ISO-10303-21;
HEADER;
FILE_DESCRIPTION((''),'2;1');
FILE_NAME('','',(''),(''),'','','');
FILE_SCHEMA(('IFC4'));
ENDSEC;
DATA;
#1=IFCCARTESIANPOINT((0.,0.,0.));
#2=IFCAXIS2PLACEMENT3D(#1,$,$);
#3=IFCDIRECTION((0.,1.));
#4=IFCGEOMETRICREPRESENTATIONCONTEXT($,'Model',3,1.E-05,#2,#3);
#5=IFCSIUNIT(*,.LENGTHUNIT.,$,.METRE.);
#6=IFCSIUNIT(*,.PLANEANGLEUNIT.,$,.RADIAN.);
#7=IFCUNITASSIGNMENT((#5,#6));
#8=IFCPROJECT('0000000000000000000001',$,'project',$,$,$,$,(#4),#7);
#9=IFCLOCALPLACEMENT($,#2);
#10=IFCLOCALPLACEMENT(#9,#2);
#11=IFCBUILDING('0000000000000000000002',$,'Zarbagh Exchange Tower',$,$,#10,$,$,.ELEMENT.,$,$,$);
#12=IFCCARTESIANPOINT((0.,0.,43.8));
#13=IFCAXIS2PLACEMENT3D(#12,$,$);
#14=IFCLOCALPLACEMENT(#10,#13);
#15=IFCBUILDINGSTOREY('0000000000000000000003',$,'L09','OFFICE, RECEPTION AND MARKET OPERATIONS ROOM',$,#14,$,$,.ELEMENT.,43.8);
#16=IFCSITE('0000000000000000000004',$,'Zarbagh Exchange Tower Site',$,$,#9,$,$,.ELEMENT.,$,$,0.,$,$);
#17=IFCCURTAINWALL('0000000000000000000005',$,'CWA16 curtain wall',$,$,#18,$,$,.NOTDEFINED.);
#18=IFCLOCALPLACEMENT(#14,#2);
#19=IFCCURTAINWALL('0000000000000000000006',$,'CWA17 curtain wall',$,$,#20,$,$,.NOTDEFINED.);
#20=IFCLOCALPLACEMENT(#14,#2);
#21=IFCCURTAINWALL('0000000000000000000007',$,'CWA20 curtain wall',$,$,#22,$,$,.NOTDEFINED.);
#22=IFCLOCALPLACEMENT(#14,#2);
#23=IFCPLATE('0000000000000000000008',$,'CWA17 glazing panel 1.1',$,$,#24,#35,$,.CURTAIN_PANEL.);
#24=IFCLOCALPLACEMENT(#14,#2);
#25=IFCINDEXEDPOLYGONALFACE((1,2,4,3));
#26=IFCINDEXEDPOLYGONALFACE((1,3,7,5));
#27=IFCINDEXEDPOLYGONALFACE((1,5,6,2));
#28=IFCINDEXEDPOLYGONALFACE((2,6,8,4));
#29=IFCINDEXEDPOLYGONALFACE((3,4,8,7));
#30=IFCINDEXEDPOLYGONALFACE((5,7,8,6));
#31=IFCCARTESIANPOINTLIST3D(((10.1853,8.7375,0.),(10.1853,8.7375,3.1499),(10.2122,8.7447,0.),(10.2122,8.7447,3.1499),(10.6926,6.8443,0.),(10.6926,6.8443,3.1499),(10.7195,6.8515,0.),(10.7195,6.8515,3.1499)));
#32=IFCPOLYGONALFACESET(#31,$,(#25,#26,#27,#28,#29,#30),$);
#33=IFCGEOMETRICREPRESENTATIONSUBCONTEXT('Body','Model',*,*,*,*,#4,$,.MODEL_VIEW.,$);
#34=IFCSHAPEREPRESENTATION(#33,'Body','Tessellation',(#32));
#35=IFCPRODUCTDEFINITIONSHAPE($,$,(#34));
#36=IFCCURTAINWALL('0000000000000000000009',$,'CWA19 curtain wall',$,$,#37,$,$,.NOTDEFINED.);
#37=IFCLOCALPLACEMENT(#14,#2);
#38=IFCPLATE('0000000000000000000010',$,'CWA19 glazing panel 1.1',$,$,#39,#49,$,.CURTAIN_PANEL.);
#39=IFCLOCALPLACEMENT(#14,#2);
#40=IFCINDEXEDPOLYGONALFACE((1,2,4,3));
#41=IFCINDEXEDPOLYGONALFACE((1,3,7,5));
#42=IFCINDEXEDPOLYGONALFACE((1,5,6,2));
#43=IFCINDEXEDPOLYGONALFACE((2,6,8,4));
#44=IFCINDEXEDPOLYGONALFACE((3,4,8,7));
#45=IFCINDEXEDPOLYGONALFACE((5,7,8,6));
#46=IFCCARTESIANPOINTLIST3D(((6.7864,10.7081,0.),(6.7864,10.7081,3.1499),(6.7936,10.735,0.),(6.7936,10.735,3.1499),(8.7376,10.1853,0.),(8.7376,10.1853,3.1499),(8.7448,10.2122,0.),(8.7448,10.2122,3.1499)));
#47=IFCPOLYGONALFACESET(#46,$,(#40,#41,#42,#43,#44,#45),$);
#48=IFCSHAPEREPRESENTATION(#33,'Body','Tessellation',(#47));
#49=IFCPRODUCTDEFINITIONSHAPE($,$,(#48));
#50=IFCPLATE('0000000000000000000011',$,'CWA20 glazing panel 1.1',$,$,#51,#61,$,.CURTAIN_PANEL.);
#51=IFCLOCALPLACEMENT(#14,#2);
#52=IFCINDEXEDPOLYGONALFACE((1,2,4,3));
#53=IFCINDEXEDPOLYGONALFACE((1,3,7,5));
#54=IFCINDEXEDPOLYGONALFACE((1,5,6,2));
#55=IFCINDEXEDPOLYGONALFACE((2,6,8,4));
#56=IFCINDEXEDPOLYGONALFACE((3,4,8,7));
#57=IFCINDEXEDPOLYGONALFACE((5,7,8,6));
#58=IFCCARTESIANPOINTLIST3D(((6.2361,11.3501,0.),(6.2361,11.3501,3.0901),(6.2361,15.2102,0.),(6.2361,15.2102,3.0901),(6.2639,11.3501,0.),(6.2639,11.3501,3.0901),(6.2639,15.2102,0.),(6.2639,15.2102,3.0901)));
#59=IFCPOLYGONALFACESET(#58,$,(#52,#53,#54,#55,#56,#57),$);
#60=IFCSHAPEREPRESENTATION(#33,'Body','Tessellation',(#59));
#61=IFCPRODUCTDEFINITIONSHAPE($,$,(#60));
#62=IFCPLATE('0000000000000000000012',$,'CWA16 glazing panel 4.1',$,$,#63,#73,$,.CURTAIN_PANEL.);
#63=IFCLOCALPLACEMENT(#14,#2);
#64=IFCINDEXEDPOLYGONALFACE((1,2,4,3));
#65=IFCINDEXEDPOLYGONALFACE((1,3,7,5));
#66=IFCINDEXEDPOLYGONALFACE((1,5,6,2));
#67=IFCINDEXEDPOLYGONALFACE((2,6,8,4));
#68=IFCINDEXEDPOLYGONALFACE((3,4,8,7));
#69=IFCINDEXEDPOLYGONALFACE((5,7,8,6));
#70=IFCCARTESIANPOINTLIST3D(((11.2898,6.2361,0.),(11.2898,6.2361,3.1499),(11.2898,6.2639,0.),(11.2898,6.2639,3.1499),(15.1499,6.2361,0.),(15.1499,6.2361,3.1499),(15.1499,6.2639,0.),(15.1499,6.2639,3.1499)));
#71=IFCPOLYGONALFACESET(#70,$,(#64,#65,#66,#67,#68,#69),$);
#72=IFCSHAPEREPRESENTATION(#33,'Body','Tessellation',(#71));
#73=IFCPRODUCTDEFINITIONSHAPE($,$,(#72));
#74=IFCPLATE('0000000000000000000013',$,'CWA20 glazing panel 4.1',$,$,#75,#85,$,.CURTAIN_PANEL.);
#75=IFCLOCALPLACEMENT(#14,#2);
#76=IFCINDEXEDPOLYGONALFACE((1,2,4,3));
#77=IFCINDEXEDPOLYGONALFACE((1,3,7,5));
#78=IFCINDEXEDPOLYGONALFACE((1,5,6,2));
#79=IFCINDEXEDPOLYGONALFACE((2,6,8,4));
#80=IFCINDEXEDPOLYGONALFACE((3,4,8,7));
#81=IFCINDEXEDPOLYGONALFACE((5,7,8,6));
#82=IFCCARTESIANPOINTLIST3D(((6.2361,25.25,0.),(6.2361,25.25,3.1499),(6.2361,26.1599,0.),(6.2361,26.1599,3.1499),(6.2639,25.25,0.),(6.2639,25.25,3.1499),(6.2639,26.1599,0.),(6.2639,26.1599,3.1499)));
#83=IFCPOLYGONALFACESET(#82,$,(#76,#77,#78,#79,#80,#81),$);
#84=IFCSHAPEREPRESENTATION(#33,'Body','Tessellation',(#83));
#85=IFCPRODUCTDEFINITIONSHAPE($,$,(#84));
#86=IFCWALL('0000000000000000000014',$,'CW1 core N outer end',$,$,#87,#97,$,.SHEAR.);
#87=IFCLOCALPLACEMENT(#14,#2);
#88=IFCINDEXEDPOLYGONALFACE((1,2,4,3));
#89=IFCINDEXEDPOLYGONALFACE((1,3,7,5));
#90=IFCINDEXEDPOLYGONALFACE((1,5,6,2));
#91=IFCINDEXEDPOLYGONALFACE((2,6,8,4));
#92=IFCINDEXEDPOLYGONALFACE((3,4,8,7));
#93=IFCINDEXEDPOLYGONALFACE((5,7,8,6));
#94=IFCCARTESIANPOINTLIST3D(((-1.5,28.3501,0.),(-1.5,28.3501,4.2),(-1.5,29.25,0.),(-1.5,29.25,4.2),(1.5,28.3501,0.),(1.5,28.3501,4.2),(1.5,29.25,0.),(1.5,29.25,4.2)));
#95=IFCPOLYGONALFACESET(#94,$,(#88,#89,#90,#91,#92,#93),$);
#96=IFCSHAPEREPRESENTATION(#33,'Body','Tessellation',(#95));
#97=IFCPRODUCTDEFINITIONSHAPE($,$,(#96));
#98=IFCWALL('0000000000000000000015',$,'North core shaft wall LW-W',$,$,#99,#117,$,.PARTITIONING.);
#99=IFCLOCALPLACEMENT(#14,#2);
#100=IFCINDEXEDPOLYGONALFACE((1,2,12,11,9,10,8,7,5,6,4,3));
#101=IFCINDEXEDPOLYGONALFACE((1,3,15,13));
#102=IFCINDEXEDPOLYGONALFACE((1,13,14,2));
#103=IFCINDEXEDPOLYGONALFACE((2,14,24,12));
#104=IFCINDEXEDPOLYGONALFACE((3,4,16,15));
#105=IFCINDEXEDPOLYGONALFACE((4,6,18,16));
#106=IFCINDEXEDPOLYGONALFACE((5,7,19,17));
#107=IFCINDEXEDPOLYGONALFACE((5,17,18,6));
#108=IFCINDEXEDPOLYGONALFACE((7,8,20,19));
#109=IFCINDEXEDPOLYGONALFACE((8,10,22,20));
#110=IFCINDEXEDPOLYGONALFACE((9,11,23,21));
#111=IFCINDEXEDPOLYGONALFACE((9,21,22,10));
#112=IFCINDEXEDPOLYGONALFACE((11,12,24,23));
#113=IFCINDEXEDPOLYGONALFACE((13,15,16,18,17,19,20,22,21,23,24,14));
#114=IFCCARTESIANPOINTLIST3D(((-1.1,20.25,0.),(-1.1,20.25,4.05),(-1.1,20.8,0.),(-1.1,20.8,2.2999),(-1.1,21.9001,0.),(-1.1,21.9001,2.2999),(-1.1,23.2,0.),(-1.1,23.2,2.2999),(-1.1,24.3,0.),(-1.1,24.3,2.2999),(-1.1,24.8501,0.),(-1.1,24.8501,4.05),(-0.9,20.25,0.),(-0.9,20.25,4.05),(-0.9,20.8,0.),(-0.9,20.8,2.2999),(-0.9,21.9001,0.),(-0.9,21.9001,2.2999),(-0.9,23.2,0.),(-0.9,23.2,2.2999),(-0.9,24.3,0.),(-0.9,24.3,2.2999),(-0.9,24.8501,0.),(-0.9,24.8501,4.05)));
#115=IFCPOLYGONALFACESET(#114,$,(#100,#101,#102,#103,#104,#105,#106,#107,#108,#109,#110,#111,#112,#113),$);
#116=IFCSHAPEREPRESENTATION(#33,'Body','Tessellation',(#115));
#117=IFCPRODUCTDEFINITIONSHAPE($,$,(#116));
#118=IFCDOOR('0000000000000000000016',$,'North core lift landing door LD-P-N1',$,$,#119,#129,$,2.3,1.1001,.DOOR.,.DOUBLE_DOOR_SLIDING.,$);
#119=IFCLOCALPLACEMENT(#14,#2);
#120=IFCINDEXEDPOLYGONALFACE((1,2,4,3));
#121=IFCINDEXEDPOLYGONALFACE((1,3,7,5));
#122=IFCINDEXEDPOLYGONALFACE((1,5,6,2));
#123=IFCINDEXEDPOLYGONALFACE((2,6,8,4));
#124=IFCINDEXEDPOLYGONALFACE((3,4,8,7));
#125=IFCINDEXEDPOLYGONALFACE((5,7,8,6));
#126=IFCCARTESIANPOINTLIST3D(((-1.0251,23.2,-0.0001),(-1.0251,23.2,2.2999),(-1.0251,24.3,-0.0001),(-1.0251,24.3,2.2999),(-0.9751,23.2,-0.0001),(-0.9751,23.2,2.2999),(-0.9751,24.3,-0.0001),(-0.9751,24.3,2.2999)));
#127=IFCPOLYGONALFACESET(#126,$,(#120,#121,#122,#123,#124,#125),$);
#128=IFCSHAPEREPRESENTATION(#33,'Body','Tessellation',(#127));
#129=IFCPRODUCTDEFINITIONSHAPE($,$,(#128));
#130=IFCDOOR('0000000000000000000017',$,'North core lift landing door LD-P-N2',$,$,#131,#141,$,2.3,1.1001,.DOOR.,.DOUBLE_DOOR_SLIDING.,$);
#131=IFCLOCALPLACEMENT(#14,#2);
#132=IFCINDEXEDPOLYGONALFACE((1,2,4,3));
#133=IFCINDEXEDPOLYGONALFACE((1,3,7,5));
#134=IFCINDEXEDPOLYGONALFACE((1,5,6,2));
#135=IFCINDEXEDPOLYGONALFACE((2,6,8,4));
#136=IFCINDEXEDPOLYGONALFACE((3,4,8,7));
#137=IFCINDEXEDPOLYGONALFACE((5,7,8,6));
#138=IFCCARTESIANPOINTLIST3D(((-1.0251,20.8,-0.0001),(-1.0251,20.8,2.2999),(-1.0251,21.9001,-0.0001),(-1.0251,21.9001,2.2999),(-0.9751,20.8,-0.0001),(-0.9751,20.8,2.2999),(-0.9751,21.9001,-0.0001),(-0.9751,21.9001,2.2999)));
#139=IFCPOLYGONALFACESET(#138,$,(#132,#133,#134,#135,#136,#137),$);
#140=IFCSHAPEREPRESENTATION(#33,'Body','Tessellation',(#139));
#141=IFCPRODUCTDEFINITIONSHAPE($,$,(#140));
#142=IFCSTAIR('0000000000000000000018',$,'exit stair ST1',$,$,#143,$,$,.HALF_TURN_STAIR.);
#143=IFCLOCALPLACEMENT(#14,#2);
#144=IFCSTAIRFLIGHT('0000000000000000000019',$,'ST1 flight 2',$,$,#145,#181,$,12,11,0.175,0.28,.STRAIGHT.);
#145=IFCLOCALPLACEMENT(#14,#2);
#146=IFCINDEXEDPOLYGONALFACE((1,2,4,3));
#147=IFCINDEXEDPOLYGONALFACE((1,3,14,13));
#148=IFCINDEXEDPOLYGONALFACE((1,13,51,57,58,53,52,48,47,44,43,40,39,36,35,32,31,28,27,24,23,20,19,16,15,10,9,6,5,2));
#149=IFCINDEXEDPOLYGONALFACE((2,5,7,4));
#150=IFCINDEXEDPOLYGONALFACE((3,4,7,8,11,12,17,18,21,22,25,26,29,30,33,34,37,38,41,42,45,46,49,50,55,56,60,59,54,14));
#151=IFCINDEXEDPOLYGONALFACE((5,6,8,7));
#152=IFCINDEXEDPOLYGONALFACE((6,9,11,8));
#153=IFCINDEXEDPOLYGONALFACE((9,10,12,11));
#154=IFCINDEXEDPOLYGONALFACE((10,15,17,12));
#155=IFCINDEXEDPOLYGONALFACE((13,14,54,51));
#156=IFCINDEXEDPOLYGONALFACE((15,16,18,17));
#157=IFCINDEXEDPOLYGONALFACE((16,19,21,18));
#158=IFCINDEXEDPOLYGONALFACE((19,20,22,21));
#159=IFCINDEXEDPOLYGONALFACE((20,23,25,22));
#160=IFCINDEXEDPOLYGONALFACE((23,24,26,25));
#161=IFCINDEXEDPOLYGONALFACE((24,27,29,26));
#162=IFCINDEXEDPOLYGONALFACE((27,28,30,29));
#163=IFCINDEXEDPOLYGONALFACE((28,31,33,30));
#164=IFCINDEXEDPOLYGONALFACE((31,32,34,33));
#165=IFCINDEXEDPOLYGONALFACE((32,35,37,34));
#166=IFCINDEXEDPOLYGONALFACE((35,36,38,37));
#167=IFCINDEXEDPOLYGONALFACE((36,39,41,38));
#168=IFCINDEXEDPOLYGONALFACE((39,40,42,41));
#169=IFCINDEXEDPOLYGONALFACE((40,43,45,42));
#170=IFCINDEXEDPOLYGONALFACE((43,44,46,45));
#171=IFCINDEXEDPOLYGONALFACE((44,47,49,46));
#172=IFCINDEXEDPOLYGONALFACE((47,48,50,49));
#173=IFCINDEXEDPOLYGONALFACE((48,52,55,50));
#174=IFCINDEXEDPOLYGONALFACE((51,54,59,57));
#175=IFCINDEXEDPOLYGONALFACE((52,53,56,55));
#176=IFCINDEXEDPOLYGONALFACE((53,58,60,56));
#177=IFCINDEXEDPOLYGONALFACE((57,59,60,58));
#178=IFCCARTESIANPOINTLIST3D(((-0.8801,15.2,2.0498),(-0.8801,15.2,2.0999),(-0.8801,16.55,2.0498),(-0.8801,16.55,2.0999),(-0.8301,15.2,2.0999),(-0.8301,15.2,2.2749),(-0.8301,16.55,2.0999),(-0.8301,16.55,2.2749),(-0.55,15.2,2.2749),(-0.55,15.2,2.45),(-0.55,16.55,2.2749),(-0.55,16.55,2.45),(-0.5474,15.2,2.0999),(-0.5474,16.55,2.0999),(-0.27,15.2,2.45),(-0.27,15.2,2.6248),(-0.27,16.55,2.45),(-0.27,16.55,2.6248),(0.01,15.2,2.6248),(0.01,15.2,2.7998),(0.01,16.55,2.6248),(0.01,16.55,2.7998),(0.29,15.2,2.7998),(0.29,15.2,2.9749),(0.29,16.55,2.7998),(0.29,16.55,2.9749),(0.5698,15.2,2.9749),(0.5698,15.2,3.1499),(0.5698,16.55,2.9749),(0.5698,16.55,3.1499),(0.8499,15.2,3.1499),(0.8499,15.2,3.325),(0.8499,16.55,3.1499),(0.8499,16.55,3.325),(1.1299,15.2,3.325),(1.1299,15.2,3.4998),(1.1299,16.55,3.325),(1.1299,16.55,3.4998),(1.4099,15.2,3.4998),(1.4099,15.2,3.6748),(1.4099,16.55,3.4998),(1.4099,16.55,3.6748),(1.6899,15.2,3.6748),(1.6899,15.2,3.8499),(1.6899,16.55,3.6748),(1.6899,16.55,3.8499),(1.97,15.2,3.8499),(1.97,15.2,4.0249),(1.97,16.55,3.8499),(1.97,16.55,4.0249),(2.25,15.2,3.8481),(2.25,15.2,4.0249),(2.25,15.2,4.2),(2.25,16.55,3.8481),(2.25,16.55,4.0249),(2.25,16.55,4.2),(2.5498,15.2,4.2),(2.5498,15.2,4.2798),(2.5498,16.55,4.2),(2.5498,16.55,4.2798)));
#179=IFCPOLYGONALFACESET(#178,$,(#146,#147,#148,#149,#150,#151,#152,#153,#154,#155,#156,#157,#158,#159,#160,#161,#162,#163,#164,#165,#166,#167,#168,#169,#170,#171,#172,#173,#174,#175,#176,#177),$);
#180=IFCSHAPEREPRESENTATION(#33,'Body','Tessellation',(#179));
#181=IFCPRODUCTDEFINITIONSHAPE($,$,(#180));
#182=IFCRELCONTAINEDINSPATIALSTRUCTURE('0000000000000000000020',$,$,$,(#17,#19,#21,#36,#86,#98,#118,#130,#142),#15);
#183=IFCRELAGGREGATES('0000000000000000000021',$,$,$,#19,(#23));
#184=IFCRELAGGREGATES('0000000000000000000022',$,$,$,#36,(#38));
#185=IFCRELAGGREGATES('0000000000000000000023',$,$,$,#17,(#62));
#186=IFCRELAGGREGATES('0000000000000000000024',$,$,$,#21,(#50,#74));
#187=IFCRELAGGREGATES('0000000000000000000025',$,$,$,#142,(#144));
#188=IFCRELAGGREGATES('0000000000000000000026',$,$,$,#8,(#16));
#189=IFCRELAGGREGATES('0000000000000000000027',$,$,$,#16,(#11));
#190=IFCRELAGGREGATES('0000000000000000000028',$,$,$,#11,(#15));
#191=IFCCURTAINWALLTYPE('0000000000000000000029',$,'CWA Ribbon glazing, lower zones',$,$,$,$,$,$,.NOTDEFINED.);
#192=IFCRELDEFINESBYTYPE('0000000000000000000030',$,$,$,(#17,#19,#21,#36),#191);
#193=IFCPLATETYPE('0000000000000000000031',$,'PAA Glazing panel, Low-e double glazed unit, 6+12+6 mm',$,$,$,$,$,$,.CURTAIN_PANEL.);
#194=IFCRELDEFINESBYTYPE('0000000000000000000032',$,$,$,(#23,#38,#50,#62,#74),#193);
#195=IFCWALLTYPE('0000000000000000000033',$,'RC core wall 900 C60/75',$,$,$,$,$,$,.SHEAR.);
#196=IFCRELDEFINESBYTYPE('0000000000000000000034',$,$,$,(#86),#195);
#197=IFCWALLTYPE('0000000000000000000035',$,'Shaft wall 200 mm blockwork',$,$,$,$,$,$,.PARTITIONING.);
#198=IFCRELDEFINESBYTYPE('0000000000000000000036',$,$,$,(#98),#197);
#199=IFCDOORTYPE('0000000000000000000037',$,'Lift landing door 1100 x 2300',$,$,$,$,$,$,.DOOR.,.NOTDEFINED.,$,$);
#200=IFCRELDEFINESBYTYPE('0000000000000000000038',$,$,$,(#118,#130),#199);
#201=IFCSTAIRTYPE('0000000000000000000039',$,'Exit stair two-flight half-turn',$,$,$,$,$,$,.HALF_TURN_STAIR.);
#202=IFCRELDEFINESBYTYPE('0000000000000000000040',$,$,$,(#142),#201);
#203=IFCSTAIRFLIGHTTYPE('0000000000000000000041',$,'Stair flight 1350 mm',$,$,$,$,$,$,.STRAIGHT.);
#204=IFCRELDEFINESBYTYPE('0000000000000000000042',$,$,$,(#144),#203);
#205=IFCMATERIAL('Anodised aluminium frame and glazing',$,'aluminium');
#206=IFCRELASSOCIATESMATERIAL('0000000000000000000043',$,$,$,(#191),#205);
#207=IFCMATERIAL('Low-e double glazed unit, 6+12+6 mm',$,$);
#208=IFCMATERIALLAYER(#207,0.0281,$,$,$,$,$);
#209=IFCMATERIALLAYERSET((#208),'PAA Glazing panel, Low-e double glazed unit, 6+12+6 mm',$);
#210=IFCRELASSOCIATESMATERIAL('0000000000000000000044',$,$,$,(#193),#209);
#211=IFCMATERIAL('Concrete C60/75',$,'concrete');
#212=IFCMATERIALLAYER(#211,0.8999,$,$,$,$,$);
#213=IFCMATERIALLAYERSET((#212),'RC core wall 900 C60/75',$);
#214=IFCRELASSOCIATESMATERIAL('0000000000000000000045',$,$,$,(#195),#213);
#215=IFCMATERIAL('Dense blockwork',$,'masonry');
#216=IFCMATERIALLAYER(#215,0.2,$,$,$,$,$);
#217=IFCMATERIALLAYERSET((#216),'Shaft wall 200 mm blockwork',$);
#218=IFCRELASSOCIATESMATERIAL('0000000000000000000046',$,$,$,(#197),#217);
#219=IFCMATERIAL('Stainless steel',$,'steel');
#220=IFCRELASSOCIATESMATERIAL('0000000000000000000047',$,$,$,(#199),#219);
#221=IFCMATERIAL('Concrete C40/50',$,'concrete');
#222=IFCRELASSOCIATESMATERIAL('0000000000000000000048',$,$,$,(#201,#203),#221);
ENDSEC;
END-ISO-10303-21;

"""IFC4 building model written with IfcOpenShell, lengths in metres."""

from ifc_helpers import new_model, si_unit, direction, frame, frame_2d, origin, place, context, subcontext, project, spatial, polyline, rectangle, outline, extrude, source, transform, mapped, material, layer, layer_set, type_object, element, fill, aggregate, save


model = new_model("IFC4")

# Units and contexts
model_context = context("Model", 3, precision=1e-05, world=origin(), true_north=direction((0.0, 1.0)))
body_context = subcontext(model_context, "Body", "Model", "MODEL_VIEW")
ifc_project = project(units=[si_unit("LENGTHUNIT", "METRE"), si_unit("PLANEANGLEUNIT", "RADIAN")], contexts=[model_context])

# Site, building, storey
site_placement = place(None, origin())
site = spatial("IfcSite", under=ifc_project, at=site_placement, Name="Zarbagh Exchange Tower Site", CompositionType="ELEMENT", RefElevation=0.0)
building_placement = place(site_placement, origin())
building = spatial("IfcBuilding", under=site, at=building_placement, Name="Zarbagh Exchange Tower", CompositionType="ELEMENT")
storey_placement = place(building_placement, frame((0.0, 0.0, 43.8)))
storey = spatial("IfcBuildingStorey", under=building, at=storey_placement, Name="L09", Description="OFFICE, RECEPTION AND MARKET OPERATIONS ROOM", CompositionType="ELEMENT", Elevation=43.8)

# Curtain wall
ifc_material_1 = material(Name="Anodised aluminium frame and glazing", Category="aluminium")
curtain_wall_type = type_object("IfcCurtainWallType", Name="CWA Ribbon glazing, lower zones", PredefinedType="NOTDEFINED", material=ifc_material_1)
curtain_wall_1_placement = place(storey_placement, origin())
curtain_wall_1 = element("IfcCurtainWall", 1, at=curtain_wall_1_placement, inside=storey, type_object=curtain_wall_type, Name="CWA16 curtain wall", PredefinedType="NOTDEFINED")
placement = place(storey_placement, origin())

# Curtain wall
curtain_wall_2_placement = place(storey_placement, origin())
curtain_wall_2 = element("IfcCurtainWall", 2, at=curtain_wall_2_placement, inside=storey, type_object=curtain_wall_type, Name="CWA17 curtain wall", PredefinedType="NOTDEFINED")

# Curtain wall
curtain_wall_3_placement = place(storey_placement, origin())
curtain_wall_3 = element("IfcCurtainWall", 3, at=curtain_wall_3_placement, inside=storey, type_object=curtain_wall_type, Name="CWA20 curtain wall", PredefinedType="NOTDEFINED")

# Shared definitions
ifc_material_2 = material(Name="Low-e double glazed unit, 6+12+6 mm")
ifc_layer_1 = layer(ifc_material_2, 0.0281)
ifc_layer_set_1 = layer_set([ifc_layer_1], Name="PAA Glazing panel, Low-e double glazed unit, 6+12+6 mm")
plate_type = type_object("IfcPlateType", Name="PAA Glazing panel, Low-e double glazed unit, 6+12+6 mm", PredefinedType="CURTAIN_PANEL", material=ifc_layer_set_1)

# Plate
shared_shape_1 = source(origin(), body_context, "Body", "SweptSolid", [
    extrude(outline(polyline([(0.0, -0.0139), (1.96, -0.0139), (1.96, 0.0139), (0.0, 0.0139), (0.0, -0.0139)])), origin(), (0.0, 0.0, 1.0), 3.1499),
])
plate_1 = element("IfcPlate", 4, at=placement, type_object=plate_type, Name="CWA17 glazing panel 1.1", PredefinedType="CURTAIN_PANEL", context=body_context, shape_type="MappedRepresentation", body=[
    mapped(shared_shape_1, transform((10.7061, 6.8479, 0.0), x_axis=(-0.258825, 0.965924, 0.0), y_axis=(-0.965924, -0.258825, 0.0), z_axis=(0.0, 0.0, 1.0))),
])
aggregate(curtain_wall_2, [plate_1])

# Curtain wall, plate
curtain_wall_4_placement = place(storey_placement, origin())
curtain_wall_4 = element("IfcCurtainWall", 5, at=curtain_wall_4_placement, inside=storey, type_object=curtain_wall_type, Name="CWA19 curtain wall", PredefinedType="NOTDEFINED")
shared_shape_2 = source(origin(), body_context, "Body", "SweptSolid", [
    extrude(outline(polyline([(0.0, -0.0139), (2.02, -0.0139), (2.02, 0.0139), (0.0, 0.0139), (0.0, -0.0139)])), origin(), (0.0, 0.0, 1.0), 3.1499),
])
plate_2 = element("IfcPlate", 6, at=placement, type_object=plate_type, Name="CWA19 glazing panel 1.1", PredefinedType="CURTAIN_PANEL", context=body_context, shape_type="MappedRepresentation", body=[
    mapped(shared_shape_2, transform((8.7412, 10.1987, 0.0), x_axis=(-0.965924, 0.258825, 0.0), y_axis=(-0.258825, -0.965924, 0.0), z_axis=(0.0, 0.0, 1.0))),
])
aggregate(curtain_wall_4, [plate_2])

# Plates
shared_shape_3 = source(origin(), body_context, "Body", "SweptSolid", [
    extrude(outline(polyline([(0.0, -0.0139), (3.8601, -0.0139), (3.8601, 0.0139), (0.0, 0.0139), (0.0, -0.0139)])), origin(), (0.0, 0.0, 1.0), 3.0901),
])
plate_3 = element("IfcPlate", 7, at=placement, type_object=plate_type, Name="CWA20 glazing panel 1.1", PredefinedType="CURTAIN_PANEL", context=body_context, shape_type="MappedRepresentation", body=[
    mapped(shared_shape_3, transform((6.25, 11.3501, 0.0), x_axis=(0.0, 1.0, 0.0), y_axis=(-1.0, 0.0, 0.0), z_axis=(0.0, 0.0, 1.0))),
])
shared_shape_4 = source(origin(), body_context, "Body", "SweptSolid", [
    extrude(outline(polyline([(0.0, -0.0139), (3.8601, -0.0139), (3.8601, 0.0139), (0.0, 0.0139), (0.0, -0.0139)])), origin(), (0.0, 0.0, 1.0), 3.1499),
])
plate_4 = element("IfcPlate", 8, at=placement, type_object=plate_type, Name="CWA16 glazing panel 4.1", PredefinedType="CURTAIN_PANEL", context=body_context, shape_type="MappedRepresentation", body=[
    mapped(shared_shape_4, transform((15.1499, 6.25, 0.0), x_axis=(-1.0, 0.0, 0.0), y_axis=(0.0, -1.0, 0.0), z_axis=(0.0, 0.0, 1.0))),
])
aggregate(curtain_wall_1, [plate_4])
shared_shape_5 = source(origin(), body_context, "Body", "SweptSolid", [
    extrude(outline(polyline([(0.0, -0.0139), (0.9099, -0.0139), (0.9099, 0.0139), (0.0, 0.0139), (0.0, -0.0139)])), origin(), (0.0, 0.0, 1.0), 3.1499),
])
plate_5 = element("IfcPlate", 9, at=placement, type_object=plate_type, Name="CWA20 glazing panel 4.1", PredefinedType="CURTAIN_PANEL", context=body_context, shape_type="MappedRepresentation", body=[
    mapped(shared_shape_5, transform((6.25, 25.25, 0.0), x_axis=(0.0, 1.0, 0.0), y_axis=(-1.0, 0.0, 0.0), z_axis=(0.0, 0.0, 1.0))),
])
aggregate(curtain_wall_3, [plate_3, plate_5])

# Wall
ifc_material_3 = material(Name="Concrete C60/75", Category="concrete")
ifc_layer_2 = layer(ifc_material_3, 0.8999)
ifc_layer_set_2 = layer_set([ifc_layer_2], Name="RC core wall 900 C60/75")
wall_type_1 = type_object("IfcWallType", Name="RC core wall 900 C60/75", PredefinedType="SHEAR", material=ifc_layer_set_2)
wall_1_placement = place(storey_placement, frame((-1.5, 28.8, 0.0), z_axis=(0.0, 0.0, 1.0), x_axis=(1.0, 0.0, 0.0)))
element("IfcWall", 10, at=wall_1_placement, inside=storey, type_object=wall_type_1, Name="CW1 core N outer end", PredefinedType="SHEAR", context=body_context, shape_type="SweptSolid", body=[
    extrude(rectangle(XDim=3.0, YDim=0.8999, at=frame_2d((1.5, 0.0))), origin(), (0.0, 0.0, 1.0), 4.2),
])

# Wall, openings, doors
ifc_material_4 = material(Name="Dense blockwork", Category="masonry")
ifc_layer_3 = layer(ifc_material_4, 0.2)
ifc_layer_set_3 = layer_set([ifc_layer_3], Name="Shaft wall 200 mm blockwork")
wall_type_2 = type_object("IfcWallType", Name="Shaft wall 200 mm blockwork", PredefinedType="PARTITIONING", material=ifc_layer_set_3)
wall_2_placement = place(storey_placement, frame((-1.0, 24.8501, 0.0), z_axis=(0.0, 0.0, 1.0), x_axis=(0.0, -1.0, 0.0)))
wall_2 = element("IfcWall", 11, at=wall_2_placement, inside=storey, type_object=wall_type_2, Name="North core shaft wall LW-W", PredefinedType="PARTITIONING", context=body_context, shape_type="SweptSolid", body=[
    extrude(rectangle(XDim=4.6001, YDim=0.2, at=frame_2d((2.3, 0.0))), origin(), (0.0, 0.0, 1.0), 4.05),
])
opening_1_placement = place(wall_2_placement, frame((0.55, 0.0, 0.0)))
opening_1 = element("IfcOpeningElement", 12, at=opening_1_placement, cuts=wall_2, PredefinedType="OPENING", context=body_context, shape_type="SweptSolid", body=[
    extrude(rectangle(XDim=1.1001, YDim=2.3, at=frame_2d((0.55, 1.1499))), frame((0.0, 0.1099, 0.0), z_axis=(0.0, -1.0, 0.0), x_axis=(1.0, 0.0, 0.0)), (0.0, 0.0, 1.0), 0.22),
])
opening_2_placement = place(wall_2_placement, frame((2.95, 0.0, 0.0)))
opening_2 = element("IfcOpeningElement", 13, at=opening_2_placement, cuts=wall_2, PredefinedType="OPENING", context=body_context, shape_type="SweptSolid", body=[
    extrude(rectangle(XDim=1.1001, YDim=2.3, at=frame_2d((0.55, 1.1499))), frame((0.0, 0.1099, 0.0), z_axis=(0.0, -1.0, 0.0), x_axis=(1.0, 0.0, 0.0)), (0.0, 0.0, 1.0), 0.22),
])
ifc_material_5 = material(Name="Stainless steel", Category="steel")
door_type = type_object("IfcDoorType", Name="Lift landing door 1100 x 2300", OperationType="NOTDEFINED", PredefinedType="DOOR", material=ifc_material_5)
door_1_placement = place(opening_1_placement, origin())
door_1 = element("IfcDoor", 14, at=door_1_placement, inside=storey, type_object=door_type, Name="North core lift landing door LD-P-N1", OperationType="DOUBLE_DOOR_SLIDING", OverallHeight=2.3, OverallWidth=1.1001, PredefinedType="DOOR", context=body_context, shape_type="SweptSolid", body=[
    extrude(rectangle(XDim=1.1001, YDim=2.3, at=frame_2d((0.55, 1.1499))), frame((0.0, 0.0249, 0.0), z_axis=(0.0, -1.0, 0.0), x_axis=(1.0, 0.0, 0.0)), (0.0, 0.0, 1.0), 0.05),
])
fill(opening_1, door_1)
door_2_placement = place(opening_2_placement, origin())
door_2 = element("IfcDoor", 15, at=door_2_placement, inside=storey, type_object=door_type, Name="North core lift landing door LD-P-N2", OperationType="DOUBLE_DOOR_SLIDING", OverallHeight=2.3, OverallWidth=1.1001, PredefinedType="DOOR", context=body_context, shape_type="SweptSolid", body=[
    extrude(rectangle(XDim=1.1001, YDim=2.3, at=frame_2d((0.55, 1.1499))), frame((0.0, 0.0249, 0.0), z_axis=(0.0, -1.0, 0.0), x_axis=(1.0, 0.0, 0.0)), (0.0, 0.0, 1.0), 0.05),
])
fill(opening_2, door_2)

# Stair, stair flight
ifc_material_6 = material(Name="Concrete C40/50", Category="concrete")
stair_type = type_object("IfcStairType", Name="Exit stair two-flight half-turn", PredefinedType="HALF_TURN_STAIR", material=ifc_material_6)
stair_placement = place(storey_placement, origin())
stair = element("IfcStair", 16, at=stair_placement, inside=storey, type_object=stair_type, Name="exit stair ST1", PredefinedType="HALF_TURN_STAIR")
stair_flight_type = type_object("IfcStairFlightType", Name="Stair flight 1350 mm", PredefinedType="STRAIGHT", material=ifc_material_6)
stair_flight_placement = place(storey_placement, frame((-0.8301, 15.875, 2.0999), z_axis=(0.0, 0.0, 1.0), x_axis=(1.0, 0.0, 0.0)))
stair_flight = element("IfcStairFlight", 17, at=stair_flight_placement, type_object=stair_flight_type, Name="ST1 flight 2", NumberOfRisers=12, NumberOfTreads=11, PredefinedType="STRAIGHT", RiserHeight=0.175, TreadLength=0.28, context=body_context, shape_type="SweptSolid", body=[
    extrude(outline(polyline([(-0.05, -0.05), (-0.05, 0.0), (0.0, 0.0), (0.0, 0.175), (0.28, 0.175), (0.28, 0.3501), (0.5601, 0.3501), (0.5601, 0.5249), (0.8401, 0.5249), (0.8401, 0.7), (1.1201, 0.7), (1.1201, 0.875), (1.3999, 0.875), (1.3999, 1.05), (1.6799, 1.05), (1.6799, 1.2251), (1.96, 1.2251), (1.96, 1.3999), (2.24, 1.3999), (2.24, 1.575), (2.52, 1.575), (2.52, 1.75), (2.8, 1.75), (2.8, 1.925), (3.0801, 1.925), (3.0801, 2.1001), (3.3799, 2.1799), (3.3799, 2.1001), (3.0801, 1.7483), (0.2827, 0.0), (-0.05, -0.05)])), frame((0.0, 0.675, 0.0), z_axis=(0.0, -1.0, 0.0), x_axis=(1.0, 0.0, 0.0)), (0.0, 0.0, 1.0), 1.3501),
])
aggregate(stair, [stair_flight])

save(model, "model.ifc")
